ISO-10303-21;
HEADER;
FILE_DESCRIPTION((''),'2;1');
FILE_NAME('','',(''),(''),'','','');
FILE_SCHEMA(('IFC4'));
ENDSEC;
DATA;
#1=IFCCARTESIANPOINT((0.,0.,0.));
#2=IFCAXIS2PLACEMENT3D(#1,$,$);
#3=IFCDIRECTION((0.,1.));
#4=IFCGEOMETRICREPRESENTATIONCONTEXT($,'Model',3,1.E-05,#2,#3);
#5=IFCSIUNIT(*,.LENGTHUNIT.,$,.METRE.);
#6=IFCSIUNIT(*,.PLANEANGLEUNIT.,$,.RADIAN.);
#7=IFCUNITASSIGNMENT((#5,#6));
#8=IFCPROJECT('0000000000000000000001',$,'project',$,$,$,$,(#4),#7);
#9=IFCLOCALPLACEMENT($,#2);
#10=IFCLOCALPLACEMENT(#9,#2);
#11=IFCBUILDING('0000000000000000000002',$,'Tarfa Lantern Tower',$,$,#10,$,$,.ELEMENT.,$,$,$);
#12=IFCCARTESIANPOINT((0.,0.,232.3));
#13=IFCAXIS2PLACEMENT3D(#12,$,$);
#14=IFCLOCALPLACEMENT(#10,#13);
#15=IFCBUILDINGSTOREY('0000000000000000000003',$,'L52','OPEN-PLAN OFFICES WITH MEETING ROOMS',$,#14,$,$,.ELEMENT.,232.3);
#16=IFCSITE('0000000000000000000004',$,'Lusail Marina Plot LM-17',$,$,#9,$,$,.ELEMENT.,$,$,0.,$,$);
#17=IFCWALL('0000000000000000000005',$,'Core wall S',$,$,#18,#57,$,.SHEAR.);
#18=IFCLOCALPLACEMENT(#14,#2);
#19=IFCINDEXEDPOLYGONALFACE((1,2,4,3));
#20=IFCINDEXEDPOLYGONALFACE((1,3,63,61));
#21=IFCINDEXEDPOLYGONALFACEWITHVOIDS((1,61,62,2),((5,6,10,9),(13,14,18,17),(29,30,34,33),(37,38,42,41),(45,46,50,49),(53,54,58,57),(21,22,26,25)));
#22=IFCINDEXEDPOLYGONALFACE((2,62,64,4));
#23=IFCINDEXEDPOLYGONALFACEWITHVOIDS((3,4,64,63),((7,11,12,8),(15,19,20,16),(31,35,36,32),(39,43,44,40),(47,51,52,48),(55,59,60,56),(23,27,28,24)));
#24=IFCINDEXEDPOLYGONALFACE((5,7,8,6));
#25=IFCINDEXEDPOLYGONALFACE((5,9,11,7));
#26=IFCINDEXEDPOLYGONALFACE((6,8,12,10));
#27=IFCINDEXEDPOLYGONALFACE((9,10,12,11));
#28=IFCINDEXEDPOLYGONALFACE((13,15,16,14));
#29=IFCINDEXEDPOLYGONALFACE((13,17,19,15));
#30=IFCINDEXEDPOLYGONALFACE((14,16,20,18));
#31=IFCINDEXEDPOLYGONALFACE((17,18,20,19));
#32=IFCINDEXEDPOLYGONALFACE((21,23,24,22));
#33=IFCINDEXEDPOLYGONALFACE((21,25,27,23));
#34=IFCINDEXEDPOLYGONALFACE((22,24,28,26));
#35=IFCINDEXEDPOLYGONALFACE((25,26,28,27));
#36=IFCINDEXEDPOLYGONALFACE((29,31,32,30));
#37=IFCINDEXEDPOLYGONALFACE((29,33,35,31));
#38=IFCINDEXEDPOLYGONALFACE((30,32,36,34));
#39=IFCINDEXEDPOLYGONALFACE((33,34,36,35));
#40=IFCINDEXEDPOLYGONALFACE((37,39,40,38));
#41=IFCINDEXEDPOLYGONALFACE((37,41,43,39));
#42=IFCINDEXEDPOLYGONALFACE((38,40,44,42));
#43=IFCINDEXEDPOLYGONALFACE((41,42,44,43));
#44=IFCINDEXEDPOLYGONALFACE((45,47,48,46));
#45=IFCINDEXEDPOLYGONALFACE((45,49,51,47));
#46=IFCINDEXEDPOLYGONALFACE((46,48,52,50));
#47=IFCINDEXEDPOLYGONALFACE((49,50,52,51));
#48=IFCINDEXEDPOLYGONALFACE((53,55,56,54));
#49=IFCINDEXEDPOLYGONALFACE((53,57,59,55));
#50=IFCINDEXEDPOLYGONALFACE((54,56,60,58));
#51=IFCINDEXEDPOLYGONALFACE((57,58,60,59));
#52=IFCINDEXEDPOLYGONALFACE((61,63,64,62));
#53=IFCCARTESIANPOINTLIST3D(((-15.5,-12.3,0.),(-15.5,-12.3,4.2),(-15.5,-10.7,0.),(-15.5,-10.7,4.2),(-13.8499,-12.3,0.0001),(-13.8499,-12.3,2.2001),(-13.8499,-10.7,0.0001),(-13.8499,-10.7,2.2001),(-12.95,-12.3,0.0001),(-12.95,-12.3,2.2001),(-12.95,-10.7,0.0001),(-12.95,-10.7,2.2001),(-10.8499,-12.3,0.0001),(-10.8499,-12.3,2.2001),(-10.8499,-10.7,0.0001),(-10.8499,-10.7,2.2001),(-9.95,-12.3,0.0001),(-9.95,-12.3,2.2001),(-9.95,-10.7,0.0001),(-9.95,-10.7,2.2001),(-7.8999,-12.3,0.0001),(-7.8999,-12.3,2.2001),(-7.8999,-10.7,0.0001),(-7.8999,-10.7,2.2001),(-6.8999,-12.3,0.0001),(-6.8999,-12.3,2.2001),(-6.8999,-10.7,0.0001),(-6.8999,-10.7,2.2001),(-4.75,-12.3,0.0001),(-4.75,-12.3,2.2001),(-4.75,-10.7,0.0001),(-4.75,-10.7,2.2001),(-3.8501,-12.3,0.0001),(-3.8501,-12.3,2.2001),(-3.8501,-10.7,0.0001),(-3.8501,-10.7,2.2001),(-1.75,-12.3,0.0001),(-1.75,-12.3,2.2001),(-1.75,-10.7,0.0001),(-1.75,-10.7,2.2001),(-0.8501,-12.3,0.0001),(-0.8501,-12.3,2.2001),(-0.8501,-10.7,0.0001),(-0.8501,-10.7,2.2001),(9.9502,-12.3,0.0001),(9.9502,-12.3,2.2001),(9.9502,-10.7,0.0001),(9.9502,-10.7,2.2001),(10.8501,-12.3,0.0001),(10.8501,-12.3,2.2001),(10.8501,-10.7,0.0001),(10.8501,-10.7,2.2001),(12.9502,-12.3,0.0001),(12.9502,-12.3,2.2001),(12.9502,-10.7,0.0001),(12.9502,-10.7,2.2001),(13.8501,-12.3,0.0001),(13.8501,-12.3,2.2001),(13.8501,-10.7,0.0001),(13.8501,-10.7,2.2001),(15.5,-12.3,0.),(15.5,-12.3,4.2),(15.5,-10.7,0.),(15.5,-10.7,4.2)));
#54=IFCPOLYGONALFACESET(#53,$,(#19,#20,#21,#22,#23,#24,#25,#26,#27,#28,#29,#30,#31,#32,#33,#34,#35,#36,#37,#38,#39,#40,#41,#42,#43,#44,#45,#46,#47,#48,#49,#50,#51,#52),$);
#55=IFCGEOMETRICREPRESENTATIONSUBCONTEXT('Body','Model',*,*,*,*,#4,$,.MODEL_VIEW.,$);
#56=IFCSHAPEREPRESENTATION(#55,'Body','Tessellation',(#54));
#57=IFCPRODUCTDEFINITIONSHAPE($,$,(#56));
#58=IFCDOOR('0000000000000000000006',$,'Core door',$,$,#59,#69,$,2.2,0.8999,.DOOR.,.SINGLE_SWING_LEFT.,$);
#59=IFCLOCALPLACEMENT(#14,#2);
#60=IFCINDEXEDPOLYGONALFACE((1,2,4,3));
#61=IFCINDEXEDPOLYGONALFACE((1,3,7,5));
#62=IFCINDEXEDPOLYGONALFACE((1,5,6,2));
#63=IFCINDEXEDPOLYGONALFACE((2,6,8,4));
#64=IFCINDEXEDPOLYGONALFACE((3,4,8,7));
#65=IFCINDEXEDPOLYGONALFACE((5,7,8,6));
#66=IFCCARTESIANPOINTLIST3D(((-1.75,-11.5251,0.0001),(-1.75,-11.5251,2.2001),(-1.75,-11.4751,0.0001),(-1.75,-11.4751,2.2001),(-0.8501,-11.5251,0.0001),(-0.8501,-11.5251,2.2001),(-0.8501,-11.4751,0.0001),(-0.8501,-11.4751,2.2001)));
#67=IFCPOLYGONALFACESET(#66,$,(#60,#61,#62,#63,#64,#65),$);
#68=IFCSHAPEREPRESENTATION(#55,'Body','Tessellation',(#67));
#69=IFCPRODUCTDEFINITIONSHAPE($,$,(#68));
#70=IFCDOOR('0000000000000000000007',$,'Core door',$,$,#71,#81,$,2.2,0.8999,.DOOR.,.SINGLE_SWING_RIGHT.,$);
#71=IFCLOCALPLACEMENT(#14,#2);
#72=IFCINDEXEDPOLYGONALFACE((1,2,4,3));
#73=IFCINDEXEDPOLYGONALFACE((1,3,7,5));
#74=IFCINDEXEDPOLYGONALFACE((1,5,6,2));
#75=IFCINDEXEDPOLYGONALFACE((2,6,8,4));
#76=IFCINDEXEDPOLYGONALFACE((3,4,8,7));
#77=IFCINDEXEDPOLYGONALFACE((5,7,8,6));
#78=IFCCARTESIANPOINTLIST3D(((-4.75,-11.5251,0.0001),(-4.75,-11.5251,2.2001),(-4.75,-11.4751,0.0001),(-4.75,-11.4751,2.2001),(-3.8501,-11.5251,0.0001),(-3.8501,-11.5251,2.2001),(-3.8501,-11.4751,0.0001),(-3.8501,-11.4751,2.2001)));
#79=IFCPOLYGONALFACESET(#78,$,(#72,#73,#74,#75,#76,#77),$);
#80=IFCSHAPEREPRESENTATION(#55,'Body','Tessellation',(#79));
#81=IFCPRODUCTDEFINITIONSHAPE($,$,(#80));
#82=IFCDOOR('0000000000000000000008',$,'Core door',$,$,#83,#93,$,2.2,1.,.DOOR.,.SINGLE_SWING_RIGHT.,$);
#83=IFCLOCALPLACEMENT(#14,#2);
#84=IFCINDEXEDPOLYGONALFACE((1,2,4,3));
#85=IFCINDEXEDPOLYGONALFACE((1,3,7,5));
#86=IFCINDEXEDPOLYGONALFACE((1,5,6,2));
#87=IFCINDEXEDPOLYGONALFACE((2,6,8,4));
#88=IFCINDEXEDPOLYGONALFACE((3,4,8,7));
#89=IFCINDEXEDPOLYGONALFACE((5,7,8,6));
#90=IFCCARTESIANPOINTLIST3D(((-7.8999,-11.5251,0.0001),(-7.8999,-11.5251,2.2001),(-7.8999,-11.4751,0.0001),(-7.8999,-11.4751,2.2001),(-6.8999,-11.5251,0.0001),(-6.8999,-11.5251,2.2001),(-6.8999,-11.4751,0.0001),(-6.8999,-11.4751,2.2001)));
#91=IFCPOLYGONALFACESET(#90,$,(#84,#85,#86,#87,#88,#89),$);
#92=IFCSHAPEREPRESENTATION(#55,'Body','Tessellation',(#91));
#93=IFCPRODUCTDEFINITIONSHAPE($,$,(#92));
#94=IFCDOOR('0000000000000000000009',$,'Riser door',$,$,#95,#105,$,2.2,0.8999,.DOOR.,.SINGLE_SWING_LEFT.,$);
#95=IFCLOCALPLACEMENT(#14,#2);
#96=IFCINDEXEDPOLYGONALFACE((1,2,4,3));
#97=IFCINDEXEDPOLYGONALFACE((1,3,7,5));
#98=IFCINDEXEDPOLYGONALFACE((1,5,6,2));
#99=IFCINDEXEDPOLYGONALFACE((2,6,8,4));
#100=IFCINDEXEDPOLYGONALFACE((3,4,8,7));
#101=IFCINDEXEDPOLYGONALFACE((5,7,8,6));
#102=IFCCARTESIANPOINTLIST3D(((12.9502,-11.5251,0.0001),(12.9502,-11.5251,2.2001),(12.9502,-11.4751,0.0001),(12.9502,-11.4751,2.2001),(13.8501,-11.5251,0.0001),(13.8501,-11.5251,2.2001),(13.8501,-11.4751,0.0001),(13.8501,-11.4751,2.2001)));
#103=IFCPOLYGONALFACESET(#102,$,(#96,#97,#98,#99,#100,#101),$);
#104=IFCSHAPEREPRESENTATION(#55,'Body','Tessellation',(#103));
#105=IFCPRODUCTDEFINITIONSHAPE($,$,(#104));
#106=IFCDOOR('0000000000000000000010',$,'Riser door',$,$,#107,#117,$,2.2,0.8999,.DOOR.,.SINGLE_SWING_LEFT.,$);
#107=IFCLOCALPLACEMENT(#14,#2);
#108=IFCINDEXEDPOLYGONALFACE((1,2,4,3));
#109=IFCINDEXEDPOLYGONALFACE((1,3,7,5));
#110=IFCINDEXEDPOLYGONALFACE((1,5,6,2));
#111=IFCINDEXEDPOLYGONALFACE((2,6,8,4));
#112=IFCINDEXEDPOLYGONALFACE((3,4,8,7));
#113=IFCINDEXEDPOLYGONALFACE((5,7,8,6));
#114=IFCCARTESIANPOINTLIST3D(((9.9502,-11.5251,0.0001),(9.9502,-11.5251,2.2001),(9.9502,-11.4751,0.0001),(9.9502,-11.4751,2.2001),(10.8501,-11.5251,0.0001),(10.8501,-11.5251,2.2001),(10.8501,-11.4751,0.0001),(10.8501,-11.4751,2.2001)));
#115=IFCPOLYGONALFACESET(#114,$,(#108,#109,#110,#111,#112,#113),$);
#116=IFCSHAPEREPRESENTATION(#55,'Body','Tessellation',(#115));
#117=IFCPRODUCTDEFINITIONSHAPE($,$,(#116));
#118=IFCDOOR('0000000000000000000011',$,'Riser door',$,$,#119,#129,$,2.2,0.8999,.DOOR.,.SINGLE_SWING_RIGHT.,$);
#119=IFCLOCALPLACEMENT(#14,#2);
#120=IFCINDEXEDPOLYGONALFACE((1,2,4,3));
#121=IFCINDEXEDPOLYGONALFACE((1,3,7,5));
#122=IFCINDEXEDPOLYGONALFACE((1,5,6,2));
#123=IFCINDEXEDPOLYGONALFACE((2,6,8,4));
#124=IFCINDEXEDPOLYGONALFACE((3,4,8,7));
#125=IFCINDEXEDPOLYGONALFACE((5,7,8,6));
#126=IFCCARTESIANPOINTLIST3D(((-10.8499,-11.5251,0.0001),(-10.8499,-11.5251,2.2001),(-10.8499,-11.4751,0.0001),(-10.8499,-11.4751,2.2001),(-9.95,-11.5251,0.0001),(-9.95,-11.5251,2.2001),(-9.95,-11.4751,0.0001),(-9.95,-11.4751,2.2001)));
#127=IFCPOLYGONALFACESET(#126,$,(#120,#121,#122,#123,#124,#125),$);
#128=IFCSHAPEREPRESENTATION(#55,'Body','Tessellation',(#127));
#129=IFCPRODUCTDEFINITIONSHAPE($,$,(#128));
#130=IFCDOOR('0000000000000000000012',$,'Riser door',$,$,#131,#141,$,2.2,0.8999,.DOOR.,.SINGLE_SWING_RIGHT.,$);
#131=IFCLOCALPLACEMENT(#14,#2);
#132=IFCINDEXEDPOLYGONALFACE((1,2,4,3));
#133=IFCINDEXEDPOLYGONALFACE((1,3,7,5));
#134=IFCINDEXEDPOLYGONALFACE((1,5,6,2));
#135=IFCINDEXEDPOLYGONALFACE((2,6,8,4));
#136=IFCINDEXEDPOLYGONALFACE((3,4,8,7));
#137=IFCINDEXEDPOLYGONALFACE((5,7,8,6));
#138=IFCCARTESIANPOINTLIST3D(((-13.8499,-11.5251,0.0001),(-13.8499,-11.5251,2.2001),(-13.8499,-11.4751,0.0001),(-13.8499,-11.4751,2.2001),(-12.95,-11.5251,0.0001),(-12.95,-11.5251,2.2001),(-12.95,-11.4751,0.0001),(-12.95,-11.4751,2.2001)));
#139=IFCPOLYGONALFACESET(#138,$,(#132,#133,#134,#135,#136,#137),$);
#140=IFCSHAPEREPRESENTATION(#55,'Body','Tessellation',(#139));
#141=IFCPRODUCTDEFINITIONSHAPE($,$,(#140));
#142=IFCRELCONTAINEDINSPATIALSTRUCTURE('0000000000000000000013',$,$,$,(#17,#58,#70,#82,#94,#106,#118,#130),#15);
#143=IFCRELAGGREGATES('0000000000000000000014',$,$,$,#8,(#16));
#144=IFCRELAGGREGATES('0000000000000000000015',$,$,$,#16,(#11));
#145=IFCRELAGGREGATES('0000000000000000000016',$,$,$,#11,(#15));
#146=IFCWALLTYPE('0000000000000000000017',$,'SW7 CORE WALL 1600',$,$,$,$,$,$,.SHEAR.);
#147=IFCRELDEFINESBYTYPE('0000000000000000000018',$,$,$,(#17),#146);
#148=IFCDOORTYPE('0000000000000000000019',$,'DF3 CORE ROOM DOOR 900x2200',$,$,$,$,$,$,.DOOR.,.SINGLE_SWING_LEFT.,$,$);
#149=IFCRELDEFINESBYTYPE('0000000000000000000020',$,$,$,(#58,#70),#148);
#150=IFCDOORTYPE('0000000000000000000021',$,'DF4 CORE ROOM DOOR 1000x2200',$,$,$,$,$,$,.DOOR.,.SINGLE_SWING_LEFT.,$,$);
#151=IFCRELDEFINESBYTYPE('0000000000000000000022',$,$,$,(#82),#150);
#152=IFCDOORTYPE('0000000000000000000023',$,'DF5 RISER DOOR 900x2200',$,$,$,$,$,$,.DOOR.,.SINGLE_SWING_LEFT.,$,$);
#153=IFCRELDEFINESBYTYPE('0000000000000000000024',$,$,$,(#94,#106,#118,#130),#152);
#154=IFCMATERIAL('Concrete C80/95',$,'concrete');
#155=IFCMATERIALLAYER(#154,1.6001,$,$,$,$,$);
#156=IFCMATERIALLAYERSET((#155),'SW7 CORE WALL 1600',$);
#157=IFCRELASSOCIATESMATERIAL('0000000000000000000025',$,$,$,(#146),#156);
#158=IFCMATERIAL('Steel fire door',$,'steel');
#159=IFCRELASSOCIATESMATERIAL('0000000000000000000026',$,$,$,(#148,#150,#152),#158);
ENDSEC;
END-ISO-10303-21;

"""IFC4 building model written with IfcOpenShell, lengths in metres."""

from ifc_helpers import new_model, si_unit, direction, frame, frame_2d, origin, place, context, subcontext, project, spatial, rectangle, extrude, material, layer, layer_set, type_object, element, fill, save


model = new_model("IFC4")

# Units and contexts
model_context = context("Model", 3, precision=1e-05, world=origin(), true_north=direction((0.0, 1.0)))
body_context = subcontext(model_context, "Body", "Model", "MODEL_VIEW")
ifc_project = project(units=[si_unit("LENGTHUNIT", "METRE"), si_unit("PLANEANGLEUNIT", "RADIAN")], contexts=[model_context])

# Site, building, storey
site_placement = place(None, origin())
site = spatial("IfcSite", under=ifc_project, at=site_placement, Name="Lusail Marina Plot LM-17", CompositionType="ELEMENT", RefElevation=0.0)
building_placement = place(site_placement, origin())
building = spatial("IfcBuilding", under=site, at=building_placement, Name="Tarfa Lantern Tower", CompositionType="ELEMENT")
storey_placement = place(building_placement, frame((0.0, 0.0, 232.3)))
storey = spatial("IfcBuildingStorey", under=building, at=storey_placement, Name="L52", Description="OPEN-PLAN OFFICES WITH MEETING ROOMS", CompositionType="ELEMENT", Elevation=232.3)

# Shared definitions
ifc_material_1 = material(Name="Concrete C80/95", Category="concrete")

# Shared definitions
ifc_material_2 = material(Name="Steel fire door", Category="steel")

# Wall, openings, doors
ifc_layer_1 = layer(ifc_material_1, 1.6001)
ifc_layer_set_1 = layer_set([ifc_layer_1], Name="SW7 CORE WALL 1600")
wall_type_1 = type_object("IfcWallType", Name="SW7 CORE WALL 1600", PredefinedType="SHEAR", material=ifc_layer_set_1)
wall_1_placement = place(storey_placement, frame((15.5, -11.5, 0.0), z_axis=(0.0, 0.0, 1.0), x_axis=(-1.0, 0.0, 0.0)))
wall_1 = element("IfcWall", 1, at=wall_1_placement, inside=storey, type_object=wall_type_1, Name="Core wall S", PredefinedType="SHEAR", context=body_context, shape_type="SweptSolid", body=[
    extrude(rectangle(XDim=31.0, YDim=1.6001, at=frame_2d((15.5, 0.0))), origin(), (0.0, 0.0, 1.0), 4.2),
])
opening_1_placement = place(wall_1_placement, frame((16.3501, 0.0, 0.0)))
opening_1 = element("IfcOpeningElement", 2, at=opening_1_placement, cuts=wall_1, PredefinedType="OPENING", context=body_context, shape_type="SweptSolid", body=[
    extrude(rectangle(XDim=0.8999, YDim=2.2, at=frame_2d((0.45, 1.1001))), frame((0.0, 0.8101, 0.0), z_axis=(0.0, -1.0, 0.0), x_axis=(1.0, 0.0, 0.0)), (0.0, 0.0, 1.0), 1.6201),
])
opening_2_placement = place(wall_1_placement, frame((19.3501, 0.0, 0.0)))
opening_2 = element("IfcOpeningElement", 3, at=opening_2_placement, cuts=wall_1, PredefinedType="OPENING", context=body_context, shape_type="SweptSolid", body=[
    extrude(rectangle(XDim=0.8999, YDim=2.2, at=frame_2d((0.45, 1.1001))), frame((0.0, 0.8101, 0.0), z_axis=(0.0, -1.0, 0.0), x_axis=(1.0, 0.0, 0.0)), (0.0, 0.0, 1.0), 1.6201),
])
opening_3_placement = place(wall_1_placement, frame((22.3999, 0.0, 0.0)))
opening_3 = element("IfcOpeningElement", 4, at=opening_3_placement, cuts=wall_1, PredefinedType="OPENING", context=body_context, shape_type="SweptSolid", body=[
    extrude(rectangle(XDim=1.0, YDim=2.2, at=frame_2d((0.5, 1.1001))), frame((0.0, 0.8101, 0.0), z_axis=(0.0, -1.0, 0.0), x_axis=(1.0, 0.0, 0.0)), (0.0, 0.0, 1.0), 1.6201),
])
opening_4_placement = place(wall_1_placement, frame((1.6499, 0.0, 0.0)))
opening_4 = element("IfcOpeningElement", 5, at=opening_4_placement, cuts=wall_1, PredefinedType="OPENING", context=body_context, shape_type="SweptSolid", body=[
    extrude(rectangle(XDim=0.8999, YDim=2.2, at=frame_2d((0.45, 1.1001))), frame((0.0, 0.8101, 0.0), z_axis=(0.0, -1.0, 0.0), x_axis=(1.0, 0.0, 0.0)), (0.0, 0.0, 1.0), 1.6201),
])
opening_5_placement = place(wall_1_placement, frame((4.6499, 0.0, 0.0)))
opening_5 = element("IfcOpeningElement", 6, at=opening_5_placement, cuts=wall_1, PredefinedType="OPENING", context=body_context, shape_type="SweptSolid", body=[
    extrude(rectangle(XDim=0.8999, YDim=2.2, at=frame_2d((0.45, 1.1001))), frame((0.0, 0.8101, 0.0), z_axis=(0.0, -1.0, 0.0), x_axis=(1.0, 0.0, 0.0)), (0.0, 0.0, 1.0), 1.6201),
])
opening_6_placement = place(wall_1_placement, frame((25.45, 0.0, 0.0)))
opening_6 = element("IfcOpeningElement", 7, at=opening_6_placement, cuts=wall_1, PredefinedType="OPENING", context=body_context, shape_type="SweptSolid", body=[
    extrude(rectangle(XDim=0.8999, YDim=2.2, at=frame_2d((0.45, 1.1001))), frame((0.0, 0.8101, 0.0), z_axis=(0.0, -1.0, 0.0), x_axis=(1.0, 0.0, 0.0)), (0.0, 0.0, 1.0), 1.6201),
])
opening_7_placement = place(wall_1_placement, frame((28.45, 0.0, 0.0)))
opening_7 = element("IfcOpeningElement", 8, at=opening_7_placement, cuts=wall_1, PredefinedType="OPENING", context=body_context, shape_type="SweptSolid", body=[
    extrude(rectangle(XDim=0.8999, YDim=2.2, at=frame_2d((0.45, 1.1001))), frame((0.0, 0.8101, 0.0), z_axis=(0.0, -1.0, 0.0), x_axis=(1.0, 0.0, 0.0)), (0.0, 0.0, 1.0), 1.6201),
])
door_type_1 = type_object("IfcDoorType", Name="DF3 CORE ROOM DOOR 900x2200", OperationType="SINGLE_SWING_LEFT", PredefinedType="DOOR", material=ifc_material_2)
door_1_placement = place(opening_1_placement, frame((0.8999, 0.0, 0.0), z_axis=(0.0, 0.0, 1.0), x_axis=(-1.0, 0.0, 0.0)))
door_1 = element("IfcDoor", 9, at=door_1_placement, inside=storey, type_object=door_type_1, Name="Core door", OperationType="SINGLE_SWING_LEFT", OverallHeight=2.2, OverallWidth=0.8999, PredefinedType="DOOR", context=body_context, shape_type="SweptSolid", body=[
    extrude(rectangle(XDim=0.8999, YDim=2.2, at=frame_2d((0.45, 1.1001))), frame((0.0, 0.0249, 0.0), z_axis=(0.0, -1.0, 0.0), x_axis=(1.0, 0.0, 0.0)), (0.0, 0.0, 1.0), 0.05),
])
fill(opening_1, door_1)
door_2_placement = place(opening_2_placement, frame((0.8999, 0.0, 0.0), z_axis=(0.0, 0.0, 1.0), x_axis=(-1.0, 0.0, 0.0)))
door_2 = element("IfcDoor", 10, at=door_2_placement, inside=storey, type_object=door_type_1, Name="Core door", OperationType="SINGLE_SWING_RIGHT", OverallHeight=2.2, OverallWidth=0.8999, PredefinedType="DOOR", context=body_context, shape_type="SweptSolid", body=[
    extrude(rectangle(XDim=0.8999, YDim=2.2, at=frame_2d((0.45, 1.1001))), frame((0.0, 0.0249, 0.0), z_axis=(0.0, -1.0, 0.0), x_axis=(1.0, 0.0, 0.0)), (0.0, 0.0, 1.0), 0.05),
])
fill(opening_2, door_2)
door_type_2 = type_object("IfcDoorType", Name="DF4 CORE ROOM DOOR 1000x2200", OperationType="SINGLE_SWING_LEFT", PredefinedType="DOOR", material=ifc_material_2)
door_3_placement = place(opening_3_placement, frame((1.0, 0.0, 0.0), z_axis=(0.0, 0.0, 1.0), x_axis=(-1.0, 0.0, 0.0)))
door_3 = element("IfcDoor", 11, at=door_3_placement, inside=storey, type_object=door_type_2, Name="Core door", OperationType="SINGLE_SWING_RIGHT", OverallHeight=2.2, OverallWidth=1.0, PredefinedType="DOOR", context=body_context, shape_type="SweptSolid", body=[
    extrude(rectangle(XDim=1.0, YDim=2.2, at=frame_2d((0.5, 1.1001))), frame((0.0, 0.0249, 0.0), z_axis=(0.0, -1.0, 0.0), x_axis=(1.0, 0.0, 0.0)), (0.0, 0.0, 1.0), 0.05),
])
fill(opening_3, door_3)
door_type_3 = type_object("IfcDoorType", Name="DF5 RISER DOOR 900x2200", OperationType="SINGLE_SWING_LEFT", PredefinedType="DOOR", material=ifc_material_2)
door_4_placement = place(opening_4_placement, frame((0.8999, 0.0, 0.0), z_axis=(0.0, 0.0, 1.0), x_axis=(-1.0, 0.0, 0.0)))
door_4 = element("IfcDoor", 12, at=door_4_placement, inside=storey, type_object=door_type_3, Name="Riser door", OperationType="SINGLE_SWING_LEFT", OverallHeight=2.2, OverallWidth=0.8999, PredefinedType="DOOR", context=body_context, shape_type="SweptSolid", body=[
    extrude(rectangle(XDim=0.8999, YDim=2.2, at=frame_2d((0.45, 1.1001))), frame((0.0, 0.0249, 0.0), z_axis=(0.0, -1.0, 0.0), x_axis=(1.0, 0.0, 0.0)), (0.0, 0.0, 1.0), 0.05),
])
fill(opening_4, door_4)
door_5_placement = place(opening_5_placement, frame((0.8999, 0.0, 0.0), z_axis=(0.0, 0.0, 1.0), x_axis=(-1.0, 0.0, 0.0)))
door_5 = element("IfcDoor", 13, at=door_5_placement, inside=storey, type_object=door_type_3, Name="Riser door", OperationType="SINGLE_SWING_LEFT", OverallHeight=2.2, OverallWidth=0.8999, PredefinedType="DOOR", context=body_context, shape_type="SweptSolid", body=[
    extrude(rectangle(XDim=0.8999, YDim=2.2, at=frame_2d((0.45, 1.1001))), frame((0.0, 0.0249, 0.0), z_axis=(0.0, -1.0, 0.0), x_axis=(1.0, 0.0, 0.0)), (0.0, 0.0, 1.0), 0.05),
])
fill(opening_5, door_5)
door_6_placement = place(opening_6_placement, frame((0.8999, 0.0, 0.0), z_axis=(0.0, 0.0, 1.0), x_axis=(-1.0, 0.0, 0.0)))
door_6 = element("IfcDoor", 14, at=door_6_placement, inside=storey, type_object=door_type_3, Name="Riser door", OperationType="SINGLE_SWING_RIGHT", OverallHeight=2.2, OverallWidth=0.8999, PredefinedType="DOOR", context=body_context, shape_type="SweptSolid", body=[
    extrude(rectangle(XDim=0.8999, YDim=2.2, at=frame_2d((0.45, 1.1001))), frame((0.0, 0.0249, 0.0), z_axis=(0.0, -1.0, 0.0), x_axis=(1.0, 0.0, 0.0)), (0.0, 0.0, 1.0), 0.05),
])
fill(opening_6, door_6)
door_7_placement = place(opening_7_placement, frame((0.8999, 0.0, 0.0), z_axis=(0.0, 0.0, 1.0), x_axis=(-1.0, 0.0, 0.0)))
door_7 = element("IfcDoor", 15, at=door_7_placement, inside=storey, type_object=door_type_3, Name="Riser door", OperationType="SINGLE_SWING_RIGHT", OverallHeight=2.2, OverallWidth=0.8999, PredefinedType="DOOR", context=body_context, shape_type="SweptSolid", body=[
    extrude(rectangle(XDim=0.8999, YDim=2.2, at=frame_2d((0.45, 1.1001))), frame((0.0, 0.0249, 0.0), z_axis=(0.0, -1.0, 0.0), x_axis=(1.0, 0.0, 0.0)), (0.0, 0.0, 1.0), 0.05),
])
fill(opening_7, door_7)

save(model, "model.ifc")
